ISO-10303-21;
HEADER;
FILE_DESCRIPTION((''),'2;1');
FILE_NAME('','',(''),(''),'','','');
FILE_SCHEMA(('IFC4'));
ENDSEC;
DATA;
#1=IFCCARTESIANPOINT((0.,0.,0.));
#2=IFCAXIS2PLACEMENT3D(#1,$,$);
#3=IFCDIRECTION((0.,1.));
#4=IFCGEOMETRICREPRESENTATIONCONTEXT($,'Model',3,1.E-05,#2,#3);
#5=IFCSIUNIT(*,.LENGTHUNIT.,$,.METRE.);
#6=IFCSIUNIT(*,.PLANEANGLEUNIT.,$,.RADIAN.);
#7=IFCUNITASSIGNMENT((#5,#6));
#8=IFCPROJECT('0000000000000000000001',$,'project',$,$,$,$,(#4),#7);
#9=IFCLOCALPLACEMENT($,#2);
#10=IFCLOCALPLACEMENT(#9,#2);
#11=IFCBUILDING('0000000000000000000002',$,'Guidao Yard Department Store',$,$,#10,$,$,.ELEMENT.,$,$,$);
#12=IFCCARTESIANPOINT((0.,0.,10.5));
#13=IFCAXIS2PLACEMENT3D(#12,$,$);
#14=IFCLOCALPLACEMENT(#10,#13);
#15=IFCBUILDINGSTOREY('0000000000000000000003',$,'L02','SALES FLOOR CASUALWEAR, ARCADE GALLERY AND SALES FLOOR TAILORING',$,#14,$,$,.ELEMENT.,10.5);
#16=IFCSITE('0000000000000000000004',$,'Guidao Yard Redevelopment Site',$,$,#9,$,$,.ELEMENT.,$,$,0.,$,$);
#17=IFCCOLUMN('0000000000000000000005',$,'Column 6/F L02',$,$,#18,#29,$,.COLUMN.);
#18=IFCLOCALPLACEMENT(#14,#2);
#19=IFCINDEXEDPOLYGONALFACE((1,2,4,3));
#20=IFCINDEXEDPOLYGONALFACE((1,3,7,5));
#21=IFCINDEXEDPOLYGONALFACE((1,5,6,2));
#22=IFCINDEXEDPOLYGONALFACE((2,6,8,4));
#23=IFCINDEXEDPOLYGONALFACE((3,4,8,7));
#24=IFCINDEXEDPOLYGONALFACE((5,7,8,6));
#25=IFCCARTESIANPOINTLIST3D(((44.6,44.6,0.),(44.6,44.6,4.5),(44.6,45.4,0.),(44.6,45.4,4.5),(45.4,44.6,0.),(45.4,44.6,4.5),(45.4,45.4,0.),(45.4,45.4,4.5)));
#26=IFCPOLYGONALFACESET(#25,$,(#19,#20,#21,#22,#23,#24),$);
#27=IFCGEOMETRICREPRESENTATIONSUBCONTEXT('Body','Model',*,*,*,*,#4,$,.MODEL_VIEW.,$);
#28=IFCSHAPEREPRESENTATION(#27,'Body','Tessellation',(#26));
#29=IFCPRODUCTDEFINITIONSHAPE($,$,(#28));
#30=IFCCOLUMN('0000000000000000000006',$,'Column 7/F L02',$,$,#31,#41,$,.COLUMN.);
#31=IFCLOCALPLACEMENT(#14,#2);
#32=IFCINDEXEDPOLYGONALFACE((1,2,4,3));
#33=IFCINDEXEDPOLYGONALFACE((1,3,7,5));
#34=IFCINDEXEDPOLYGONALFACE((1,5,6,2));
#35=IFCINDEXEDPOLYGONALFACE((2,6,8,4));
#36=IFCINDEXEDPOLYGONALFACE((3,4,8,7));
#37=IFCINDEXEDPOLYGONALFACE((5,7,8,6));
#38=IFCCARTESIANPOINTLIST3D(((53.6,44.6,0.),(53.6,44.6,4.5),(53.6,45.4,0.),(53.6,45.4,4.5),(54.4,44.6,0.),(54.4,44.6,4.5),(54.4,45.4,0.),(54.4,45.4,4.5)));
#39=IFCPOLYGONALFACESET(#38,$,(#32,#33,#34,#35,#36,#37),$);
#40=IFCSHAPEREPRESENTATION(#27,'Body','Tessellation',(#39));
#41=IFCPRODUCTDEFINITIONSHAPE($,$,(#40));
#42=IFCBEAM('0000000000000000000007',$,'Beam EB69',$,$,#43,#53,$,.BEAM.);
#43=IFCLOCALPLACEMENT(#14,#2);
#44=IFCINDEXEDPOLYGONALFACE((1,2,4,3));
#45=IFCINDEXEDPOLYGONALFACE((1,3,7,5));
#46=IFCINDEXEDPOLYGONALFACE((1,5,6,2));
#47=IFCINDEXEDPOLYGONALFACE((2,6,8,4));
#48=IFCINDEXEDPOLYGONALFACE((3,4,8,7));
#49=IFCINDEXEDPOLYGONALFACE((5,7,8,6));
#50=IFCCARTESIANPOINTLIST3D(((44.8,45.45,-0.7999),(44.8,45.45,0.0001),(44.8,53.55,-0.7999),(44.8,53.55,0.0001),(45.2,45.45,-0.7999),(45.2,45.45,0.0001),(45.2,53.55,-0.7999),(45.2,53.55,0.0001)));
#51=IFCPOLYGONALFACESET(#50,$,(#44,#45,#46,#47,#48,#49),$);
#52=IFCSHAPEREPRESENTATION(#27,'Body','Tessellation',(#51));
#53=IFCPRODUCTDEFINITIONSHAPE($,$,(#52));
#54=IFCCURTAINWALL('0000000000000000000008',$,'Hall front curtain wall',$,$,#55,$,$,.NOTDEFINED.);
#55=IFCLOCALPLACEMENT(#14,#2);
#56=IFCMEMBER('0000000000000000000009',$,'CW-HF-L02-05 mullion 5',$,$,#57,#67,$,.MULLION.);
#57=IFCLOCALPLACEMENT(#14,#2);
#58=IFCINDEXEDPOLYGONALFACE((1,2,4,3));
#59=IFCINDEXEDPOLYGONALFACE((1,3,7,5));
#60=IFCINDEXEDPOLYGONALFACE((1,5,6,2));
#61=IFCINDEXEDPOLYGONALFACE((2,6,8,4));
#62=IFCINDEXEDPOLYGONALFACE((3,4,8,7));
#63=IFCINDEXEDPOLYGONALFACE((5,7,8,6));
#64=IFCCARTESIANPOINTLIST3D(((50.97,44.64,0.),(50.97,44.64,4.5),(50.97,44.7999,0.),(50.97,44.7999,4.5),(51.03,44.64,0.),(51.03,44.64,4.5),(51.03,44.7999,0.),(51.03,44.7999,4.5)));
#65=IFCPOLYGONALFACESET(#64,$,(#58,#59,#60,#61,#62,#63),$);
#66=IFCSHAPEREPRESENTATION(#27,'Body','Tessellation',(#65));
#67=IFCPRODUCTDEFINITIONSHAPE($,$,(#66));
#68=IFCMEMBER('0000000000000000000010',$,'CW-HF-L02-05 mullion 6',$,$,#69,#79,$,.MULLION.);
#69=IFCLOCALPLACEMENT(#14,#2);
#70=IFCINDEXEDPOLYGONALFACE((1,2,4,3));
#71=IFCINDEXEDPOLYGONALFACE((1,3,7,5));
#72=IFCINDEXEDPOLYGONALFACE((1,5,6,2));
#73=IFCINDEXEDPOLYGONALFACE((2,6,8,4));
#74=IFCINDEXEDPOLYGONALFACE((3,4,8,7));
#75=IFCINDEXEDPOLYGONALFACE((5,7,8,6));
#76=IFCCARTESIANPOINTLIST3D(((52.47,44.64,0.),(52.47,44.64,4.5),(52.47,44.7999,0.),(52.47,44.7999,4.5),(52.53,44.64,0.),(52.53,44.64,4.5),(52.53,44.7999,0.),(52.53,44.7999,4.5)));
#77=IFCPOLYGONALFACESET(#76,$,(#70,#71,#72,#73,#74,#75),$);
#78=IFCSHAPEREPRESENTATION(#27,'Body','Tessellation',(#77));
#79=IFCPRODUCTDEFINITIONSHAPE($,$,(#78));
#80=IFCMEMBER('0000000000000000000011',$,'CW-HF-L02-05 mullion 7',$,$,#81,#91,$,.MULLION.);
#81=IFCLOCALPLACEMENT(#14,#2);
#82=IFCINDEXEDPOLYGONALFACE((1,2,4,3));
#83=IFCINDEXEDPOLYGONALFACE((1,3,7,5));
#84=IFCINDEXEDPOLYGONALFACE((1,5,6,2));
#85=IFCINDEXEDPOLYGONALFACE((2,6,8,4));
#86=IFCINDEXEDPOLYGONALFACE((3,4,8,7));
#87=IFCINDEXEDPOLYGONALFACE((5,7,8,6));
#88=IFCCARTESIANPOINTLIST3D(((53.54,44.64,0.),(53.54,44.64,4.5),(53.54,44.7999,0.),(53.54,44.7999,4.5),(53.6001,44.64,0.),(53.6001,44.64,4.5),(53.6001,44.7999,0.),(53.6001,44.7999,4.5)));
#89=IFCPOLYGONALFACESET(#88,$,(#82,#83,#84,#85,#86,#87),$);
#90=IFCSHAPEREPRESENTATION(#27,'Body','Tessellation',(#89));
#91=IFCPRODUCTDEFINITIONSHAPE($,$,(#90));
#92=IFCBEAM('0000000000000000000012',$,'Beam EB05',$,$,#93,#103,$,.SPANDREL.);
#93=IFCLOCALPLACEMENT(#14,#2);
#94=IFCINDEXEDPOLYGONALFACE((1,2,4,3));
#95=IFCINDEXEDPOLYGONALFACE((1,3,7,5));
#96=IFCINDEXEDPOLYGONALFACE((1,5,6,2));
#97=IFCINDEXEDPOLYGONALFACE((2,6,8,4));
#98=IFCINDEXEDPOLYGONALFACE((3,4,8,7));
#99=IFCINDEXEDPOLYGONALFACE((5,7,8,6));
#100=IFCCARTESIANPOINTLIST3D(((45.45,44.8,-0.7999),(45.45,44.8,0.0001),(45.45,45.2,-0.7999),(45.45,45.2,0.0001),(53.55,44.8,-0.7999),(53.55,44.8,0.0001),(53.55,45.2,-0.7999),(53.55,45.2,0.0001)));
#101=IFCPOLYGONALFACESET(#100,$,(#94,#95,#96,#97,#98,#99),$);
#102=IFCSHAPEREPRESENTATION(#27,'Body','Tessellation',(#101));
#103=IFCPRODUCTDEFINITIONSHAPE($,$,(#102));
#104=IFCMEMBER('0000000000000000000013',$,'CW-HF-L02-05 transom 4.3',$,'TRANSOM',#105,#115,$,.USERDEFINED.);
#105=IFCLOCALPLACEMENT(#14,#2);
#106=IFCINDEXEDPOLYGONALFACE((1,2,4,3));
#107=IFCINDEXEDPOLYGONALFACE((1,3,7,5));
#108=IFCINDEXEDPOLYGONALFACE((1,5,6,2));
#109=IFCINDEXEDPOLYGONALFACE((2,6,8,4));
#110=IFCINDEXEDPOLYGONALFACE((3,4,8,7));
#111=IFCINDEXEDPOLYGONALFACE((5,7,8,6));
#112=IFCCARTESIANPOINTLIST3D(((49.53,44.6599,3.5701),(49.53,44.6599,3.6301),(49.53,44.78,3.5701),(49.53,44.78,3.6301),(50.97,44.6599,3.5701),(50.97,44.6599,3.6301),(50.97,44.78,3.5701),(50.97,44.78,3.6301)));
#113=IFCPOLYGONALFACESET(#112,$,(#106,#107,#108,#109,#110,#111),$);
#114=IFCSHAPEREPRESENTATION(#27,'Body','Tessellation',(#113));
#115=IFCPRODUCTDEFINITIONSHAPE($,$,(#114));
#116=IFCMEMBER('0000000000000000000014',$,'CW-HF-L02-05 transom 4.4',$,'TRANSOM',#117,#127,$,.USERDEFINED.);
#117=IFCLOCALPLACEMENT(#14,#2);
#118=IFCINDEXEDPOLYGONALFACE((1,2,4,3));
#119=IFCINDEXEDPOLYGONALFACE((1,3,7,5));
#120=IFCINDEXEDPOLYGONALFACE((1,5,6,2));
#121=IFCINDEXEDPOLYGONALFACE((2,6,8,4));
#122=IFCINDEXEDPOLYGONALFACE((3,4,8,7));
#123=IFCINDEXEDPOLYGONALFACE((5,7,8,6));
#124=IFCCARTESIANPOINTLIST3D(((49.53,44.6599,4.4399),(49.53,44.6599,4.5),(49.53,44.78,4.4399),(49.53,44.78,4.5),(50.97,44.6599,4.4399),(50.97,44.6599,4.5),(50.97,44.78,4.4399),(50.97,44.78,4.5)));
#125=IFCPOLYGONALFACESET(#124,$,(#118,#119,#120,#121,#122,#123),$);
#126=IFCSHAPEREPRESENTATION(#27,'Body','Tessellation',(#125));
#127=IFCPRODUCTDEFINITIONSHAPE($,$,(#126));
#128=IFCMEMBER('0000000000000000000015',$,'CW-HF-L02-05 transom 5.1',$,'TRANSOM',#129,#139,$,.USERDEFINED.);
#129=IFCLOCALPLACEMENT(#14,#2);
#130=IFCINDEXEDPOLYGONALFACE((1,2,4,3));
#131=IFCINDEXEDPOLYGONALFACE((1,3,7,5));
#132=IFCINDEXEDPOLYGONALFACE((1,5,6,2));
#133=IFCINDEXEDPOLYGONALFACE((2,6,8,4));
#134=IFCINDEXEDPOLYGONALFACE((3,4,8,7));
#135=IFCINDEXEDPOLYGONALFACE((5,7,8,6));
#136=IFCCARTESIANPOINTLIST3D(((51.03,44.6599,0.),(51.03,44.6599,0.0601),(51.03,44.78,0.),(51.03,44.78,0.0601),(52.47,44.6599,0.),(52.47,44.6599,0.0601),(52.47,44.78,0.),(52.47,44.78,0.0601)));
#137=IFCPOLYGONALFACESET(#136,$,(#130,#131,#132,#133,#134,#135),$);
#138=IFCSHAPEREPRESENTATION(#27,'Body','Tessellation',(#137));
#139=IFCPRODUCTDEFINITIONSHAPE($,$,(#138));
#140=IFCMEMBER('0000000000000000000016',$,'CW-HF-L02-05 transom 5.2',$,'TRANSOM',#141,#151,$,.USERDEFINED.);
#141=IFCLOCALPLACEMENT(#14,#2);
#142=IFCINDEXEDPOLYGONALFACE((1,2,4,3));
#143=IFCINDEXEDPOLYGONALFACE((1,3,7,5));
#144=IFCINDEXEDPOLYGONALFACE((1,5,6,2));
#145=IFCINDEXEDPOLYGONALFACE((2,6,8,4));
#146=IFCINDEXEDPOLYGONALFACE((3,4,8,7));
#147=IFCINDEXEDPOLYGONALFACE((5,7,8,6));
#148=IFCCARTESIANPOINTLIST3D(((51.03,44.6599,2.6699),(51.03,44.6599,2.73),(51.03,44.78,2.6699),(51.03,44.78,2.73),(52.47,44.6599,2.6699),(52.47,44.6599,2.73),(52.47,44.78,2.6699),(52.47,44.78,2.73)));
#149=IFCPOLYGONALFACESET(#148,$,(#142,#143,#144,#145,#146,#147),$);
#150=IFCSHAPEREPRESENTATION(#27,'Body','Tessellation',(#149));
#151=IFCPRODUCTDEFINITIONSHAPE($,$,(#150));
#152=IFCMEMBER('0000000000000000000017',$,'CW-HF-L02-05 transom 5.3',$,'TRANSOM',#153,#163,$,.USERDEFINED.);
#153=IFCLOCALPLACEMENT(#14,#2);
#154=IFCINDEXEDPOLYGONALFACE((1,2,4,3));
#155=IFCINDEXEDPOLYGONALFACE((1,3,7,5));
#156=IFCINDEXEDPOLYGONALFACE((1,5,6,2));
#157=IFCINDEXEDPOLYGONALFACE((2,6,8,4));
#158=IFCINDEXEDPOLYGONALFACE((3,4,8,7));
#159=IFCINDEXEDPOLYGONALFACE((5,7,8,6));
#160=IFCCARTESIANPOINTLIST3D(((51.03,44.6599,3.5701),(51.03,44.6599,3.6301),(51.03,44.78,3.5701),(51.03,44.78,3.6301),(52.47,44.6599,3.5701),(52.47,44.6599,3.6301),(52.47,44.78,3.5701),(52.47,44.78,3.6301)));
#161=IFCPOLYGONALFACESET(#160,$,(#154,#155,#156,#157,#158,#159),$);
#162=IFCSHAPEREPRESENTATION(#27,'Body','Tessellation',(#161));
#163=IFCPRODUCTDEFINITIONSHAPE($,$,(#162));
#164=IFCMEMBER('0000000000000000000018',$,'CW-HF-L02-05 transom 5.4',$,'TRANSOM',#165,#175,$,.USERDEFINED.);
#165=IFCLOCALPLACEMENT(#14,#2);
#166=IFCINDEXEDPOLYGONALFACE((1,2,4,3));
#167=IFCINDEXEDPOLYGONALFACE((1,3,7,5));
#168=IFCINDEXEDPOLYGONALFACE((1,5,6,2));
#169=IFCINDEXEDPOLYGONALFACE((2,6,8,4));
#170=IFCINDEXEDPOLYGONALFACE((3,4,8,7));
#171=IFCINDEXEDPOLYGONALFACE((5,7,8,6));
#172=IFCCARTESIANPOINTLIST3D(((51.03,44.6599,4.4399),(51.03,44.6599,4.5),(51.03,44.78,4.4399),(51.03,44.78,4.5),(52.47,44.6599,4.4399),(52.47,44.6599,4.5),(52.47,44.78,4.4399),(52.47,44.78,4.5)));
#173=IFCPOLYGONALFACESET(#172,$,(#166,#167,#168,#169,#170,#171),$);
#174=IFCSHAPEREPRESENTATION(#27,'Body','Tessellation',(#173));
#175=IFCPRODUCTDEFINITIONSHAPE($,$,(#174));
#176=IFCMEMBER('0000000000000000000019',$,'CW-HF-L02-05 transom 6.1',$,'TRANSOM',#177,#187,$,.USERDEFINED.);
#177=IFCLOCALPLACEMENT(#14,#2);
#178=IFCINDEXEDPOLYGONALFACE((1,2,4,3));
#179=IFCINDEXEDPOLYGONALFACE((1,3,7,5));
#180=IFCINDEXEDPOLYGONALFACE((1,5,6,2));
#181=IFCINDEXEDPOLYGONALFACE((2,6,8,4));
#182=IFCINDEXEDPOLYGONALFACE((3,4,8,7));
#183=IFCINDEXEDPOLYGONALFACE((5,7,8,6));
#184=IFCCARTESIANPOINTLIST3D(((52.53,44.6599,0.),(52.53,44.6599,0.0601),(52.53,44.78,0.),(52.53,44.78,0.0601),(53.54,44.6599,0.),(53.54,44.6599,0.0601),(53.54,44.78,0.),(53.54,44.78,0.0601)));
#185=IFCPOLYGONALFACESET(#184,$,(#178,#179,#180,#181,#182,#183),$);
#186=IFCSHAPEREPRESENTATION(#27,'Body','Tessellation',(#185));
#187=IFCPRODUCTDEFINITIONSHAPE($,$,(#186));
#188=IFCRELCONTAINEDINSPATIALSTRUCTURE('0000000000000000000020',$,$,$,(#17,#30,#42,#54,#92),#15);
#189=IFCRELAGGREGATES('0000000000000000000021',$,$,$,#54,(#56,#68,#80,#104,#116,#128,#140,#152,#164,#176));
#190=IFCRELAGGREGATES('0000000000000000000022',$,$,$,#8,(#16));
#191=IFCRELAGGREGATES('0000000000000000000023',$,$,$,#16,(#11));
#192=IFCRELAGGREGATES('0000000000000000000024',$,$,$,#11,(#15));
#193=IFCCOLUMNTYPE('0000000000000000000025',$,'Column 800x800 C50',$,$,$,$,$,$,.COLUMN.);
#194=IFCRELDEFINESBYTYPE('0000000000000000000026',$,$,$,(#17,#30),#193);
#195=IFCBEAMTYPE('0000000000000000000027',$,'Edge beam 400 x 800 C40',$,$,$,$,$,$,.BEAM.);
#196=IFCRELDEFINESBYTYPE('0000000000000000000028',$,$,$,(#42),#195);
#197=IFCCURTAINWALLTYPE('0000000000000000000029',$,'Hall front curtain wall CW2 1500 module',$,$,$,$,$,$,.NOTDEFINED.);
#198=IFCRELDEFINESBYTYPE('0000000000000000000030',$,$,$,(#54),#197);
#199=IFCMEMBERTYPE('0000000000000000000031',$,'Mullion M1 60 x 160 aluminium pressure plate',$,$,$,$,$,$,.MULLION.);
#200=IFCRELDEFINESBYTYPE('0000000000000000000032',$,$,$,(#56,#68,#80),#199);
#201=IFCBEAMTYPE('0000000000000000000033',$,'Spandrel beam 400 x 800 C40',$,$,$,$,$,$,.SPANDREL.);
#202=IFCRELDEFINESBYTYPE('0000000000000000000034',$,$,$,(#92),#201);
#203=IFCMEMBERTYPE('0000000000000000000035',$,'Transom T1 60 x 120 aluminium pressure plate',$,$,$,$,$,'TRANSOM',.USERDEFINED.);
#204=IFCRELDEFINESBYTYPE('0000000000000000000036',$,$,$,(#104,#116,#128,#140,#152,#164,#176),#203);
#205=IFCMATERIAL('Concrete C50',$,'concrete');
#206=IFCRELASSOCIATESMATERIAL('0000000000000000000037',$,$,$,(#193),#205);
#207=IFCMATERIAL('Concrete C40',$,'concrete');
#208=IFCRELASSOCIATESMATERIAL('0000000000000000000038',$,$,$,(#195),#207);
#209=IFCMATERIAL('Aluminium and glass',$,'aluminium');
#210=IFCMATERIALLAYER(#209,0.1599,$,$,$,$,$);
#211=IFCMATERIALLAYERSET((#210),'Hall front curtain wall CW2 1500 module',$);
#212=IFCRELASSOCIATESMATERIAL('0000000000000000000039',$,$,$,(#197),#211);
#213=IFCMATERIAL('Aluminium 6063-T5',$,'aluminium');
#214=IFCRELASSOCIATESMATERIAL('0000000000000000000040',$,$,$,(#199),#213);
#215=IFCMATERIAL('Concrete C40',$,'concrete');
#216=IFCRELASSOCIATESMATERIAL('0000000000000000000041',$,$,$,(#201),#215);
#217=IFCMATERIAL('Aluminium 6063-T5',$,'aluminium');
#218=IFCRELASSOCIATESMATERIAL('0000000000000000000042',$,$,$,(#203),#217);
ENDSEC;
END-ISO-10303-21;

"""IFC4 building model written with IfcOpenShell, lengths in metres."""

from ifc_helpers import new_model, si_unit, direction, frame, origin, origin_2d, place, context, subcontext, project, spatial, rectangle, extrude, material, layer, layer_set, material_profile, profile_set, type_object, element, aggregate, save


model = new_model("IFC4")

# Units and contexts
model_context = context("Model", 3, precision=1e-05, world=origin(), true_north=direction((0.0, 1.0)))
body_context = subcontext(model_context, "Body", "Model", "MODEL_VIEW")
ifc_project = project(units=[si_unit("LENGTHUNIT", "METRE"), si_unit("PLANEANGLEUNIT", "RADIAN")], contexts=[model_context])

# Site, building, storey
site_placement = place(None, origin())
site = spatial("IfcSite", under=ifc_project, at=site_placement, Name="Guidao Yard Redevelopment Site", CompositionType="ELEMENT", RefElevation=0.0)
building_placement = place(site_placement, origin())
building = spatial("IfcBuilding", under=site, at=building_placement, Name="Guidao Yard Department Store", CompositionType="ELEMENT")
storey_placement = place(building_placement, frame((0.0, 0.0, 10.5)))
storey = spatial("IfcBuildingStorey", under=building, at=storey_placement, Name="L02", Description="SALES FLOOR CASUALWEAR, ARCADE GALLERY AND SALES FLOOR TAILORING", CompositionType="ELEMENT", Elevation=10.5)

# Columns
ifc_material_1 = material(Name="Concrete C50", Category="concrete")
ifc_material_profile_1 = material_profile(ifc_material_1, rectangle(XDim=0.8, YDim=0.8, at=origin_2d()), Name="COL 800x800")
ifc_profile_set_1 = profile_set([ifc_material_profile_1], Name="Concrete C50")
column_type = type_object("IfcColumnType", Name="Column 800x800 C50", PredefinedType="COLUMN", material=ifc_profile_set_1)
for number, where, z_axis, x_axis, name in (
    (1, (45.0, 45.0, 0.0), (0.0, 0.0, 1.0), (1.0, 0.0, 0.0), "Column 6/F L02"),
    (2, (54.0, 45.0, 0.0), (0.0, 0.0, 1.0), (1.0, 0.0, 0.0), "Column 7/F L02"),
):
    element("IfcColumn", number, at=place(storey_placement, frame(where, z_axis=z_axis, x_axis=x_axis)), inside=storey, type_object=column_type, Name=name, PredefinedType="COLUMN", context=body_context, shape_type="SweptSolid", body=[
        extrude(rectangle(XDim=0.8, YDim=0.8, at=origin_2d()), origin(), (0.0, 0.0, 1.0), 4.5),
    ])

# Beam
ifc_material_2 = material(Name="Concrete C40", Category="concrete")
ifc_material_profile_2 = material_profile(ifc_material_2, rectangle(XDim=0.3999, YDim=0.8, at=origin_2d()), Name="Edge beam 400 x 800 C40")
ifc_profile_set_2 = profile_set([ifc_material_profile_2], Name="Concrete C40")
beam_type_1 = type_object("IfcBeamType", Name="Edge beam 400 x 800 C40", PredefinedType="BEAM", material=ifc_profile_set_2)
beam_1_placement = place(storey_placement, frame((45.0, 45.45, -0.3999), z_axis=(0.0, 1.0, 0.0), x_axis=(-1.0, 0.0, 0.0)))
element("IfcBeam", 3, at=beam_1_placement, inside=storey, type_object=beam_type_1, Name="Beam EB69", PredefinedType="BEAM", context=body_context, shape_type="SweptSolid", body=[
    extrude(rectangle(XDim=0.3999, YDim=0.8, at=origin_2d()), origin(), (0.0, 0.0, 1.0), 8.1001),
])

# Curtain wall, members
ifc_material_3 = material(Name="Aluminium and glass", Category="aluminium")
ifc_layer_1 = layer(ifc_material_3, 0.1599)
ifc_layer_set_1 = layer_set([ifc_layer_1], Name="Hall front curtain wall CW2 1500 module")
curtain_wall_type = type_object("IfcCurtainWallType", Name="Hall front curtain wall CW2 1500 module", PredefinedType="NOTDEFINED", material=ifc_layer_set_1)
curtain_wall_placement = place(storey_placement, origin())
curtain_wall = element("IfcCurtainWall", 4, at=curtain_wall_placement, inside=storey, type_object=curtain_wall_type, Name="Hall front curtain wall", PredefinedType="NOTDEFINED")
ifc_material_4 = material(Name="Aluminium 6063-T5", Category="aluminium")
ifc_material_profile_3 = material_profile(ifc_material_4, rectangle(XDim=0.0601, YDim=0.1599, at=origin_2d()), Name="Mullion M1 60 x 160 aluminium pressure plate")
ifc_profile_set_3 = profile_set([ifc_material_profile_3], Name="Aluminium 6063-T5")
member_type_1 = type_object("IfcMemberType", Name="Mullion M1 60 x 160 aluminium pressure plate", PredefinedType="MULLION", material=ifc_profile_set_3)
member_1_placement = place(storey_placement, frame((51.0, 44.72, 0.0), z_axis=(0.0, 0.0, 1.0), x_axis=(-1.0, 0.0, 0.0)))
member_1 = element("IfcMember", 5, at=member_1_placement, type_object=member_type_1, Name="CW-HF-L02-05 mullion 5", PredefinedType="MULLION", context=body_context, shape_type="SweptSolid", body=[
    extrude(rectangle(XDim=0.0601, YDim=0.1599, at=origin_2d()), origin(), (0.0, 0.0, 1.0), 4.5),
])
member_2_placement = place(storey_placement, frame((52.5, 44.72, 0.0), z_axis=(0.0, 0.0, 1.0), x_axis=(-1.0, 0.0, 0.0)))
member_2 = element("IfcMember", 6, at=member_2_placement, type_object=member_type_1, Name="CW-HF-L02-05 mullion 6", PredefinedType="MULLION", context=body_context, shape_type="SweptSolid", body=[
    extrude(rectangle(XDim=0.0601, YDim=0.1599, at=origin_2d()), origin(), (0.0, 0.0, 1.0), 4.5),
])
member_3_placement = place(storey_placement, frame((53.5701, 44.72, 0.0), z_axis=(0.0, 0.0, 1.0), x_axis=(-1.0, 0.0, 0.0)))
member_3 = element("IfcMember", 7, at=member_3_placement, type_object=member_type_1, Name="CW-HF-L02-05 mullion 7", PredefinedType="MULLION", context=body_context, shape_type="SweptSolid", body=[
    extrude(rectangle(XDim=0.0601, YDim=0.1599, at=origin_2d()), origin(), (0.0, 0.0, 1.0), 4.5),
])

# Beam
ifc_material_5 = material(Name="Concrete C40", Category="concrete")
ifc_material_profile_4 = material_profile(ifc_material_5, rectangle(XDim=0.3999, YDim=0.8, at=origin_2d()), Name="Spandrel beam 400 x 800 C40")
ifc_profile_set_4 = profile_set([ifc_material_profile_4], Name="Concrete C40")
beam_type_2 = type_object("IfcBeamType", Name="Spandrel beam 400 x 800 C40", PredefinedType="SPANDREL", material=ifc_profile_set_4)
beam_2_placement = place(storey_placement, frame((45.45, 45.0, -0.3999), z_axis=(1.0, 0.0, 0.0), x_axis=(0.0, 1.0, 0.0)))
element("IfcBeam", 8, at=beam_2_placement, inside=storey, type_object=beam_type_2, Name="Beam EB05", PredefinedType="SPANDREL", context=body_context, shape_type="SweptSolid", body=[
    extrude(rectangle(XDim=0.3999, YDim=0.8, at=origin_2d()), origin(), (0.0, 0.0, 1.0), 8.1001),
])

# Members
ifc_material_6 = material(Name="Aluminium 6063-T5", Category="aluminium")
ifc_material_profile_5 = material_profile(ifc_material_6, rectangle(XDim=0.1201, YDim=0.0601, at=origin_2d()), Name="Transom T1 60 x 120 aluminium pressure plate")
ifc_profile_set_5 = profile_set([ifc_material_profile_5], Name="Aluminium 6063-T5")
member_type_2 = type_object("IfcMemberType", Name="Transom T1 60 x 120 aluminium pressure plate", ElementType="TRANSOM", PredefinedType="USERDEFINED", material=ifc_profile_set_5)
member_4_placement = place(storey_placement, frame((50.97, 44.72, 3.6001), z_axis=(-1.0, 0.0, 0.0), x_axis=(0.0, -1.0, 0.0)))
member_4 = element("IfcMember", 9, at=member_4_placement, type_object=member_type_2, Name="CW-HF-L02-05 transom 4.3", ObjectType="TRANSOM", PredefinedType="USERDEFINED", context=body_context, shape_type="SweptSolid", body=[
    extrude(rectangle(XDim=0.1201, YDim=0.0601, at=origin_2d()), origin(), (0.0, 0.0, 1.0), 1.4399),
])
member_5_placement = place(storey_placement, frame((50.97, 44.72, 4.47), z_axis=(-1.0, 0.0, 0.0), x_axis=(0.0, -1.0, 0.0)))
member_5 = element("IfcMember", 10, at=member_5_placement, type_object=member_type_2, Name="CW-HF-L02-05 transom 4.4", ObjectType="TRANSOM", PredefinedType="USERDEFINED", context=body_context, shape_type="SweptSolid", body=[
    extrude(rectangle(XDim=0.1201, YDim=0.0601, at=origin_2d()), origin(), (0.0, 0.0, 1.0), 1.4399),
])
member_6_placement = place(storey_placement, frame((52.47, 44.72, 0.03), z_axis=(-1.0, 0.0, 0.0), x_axis=(0.0, -1.0, 0.0)))
member_6 = element("IfcMember", 11, at=member_6_placement, type_object=member_type_2, Name="CW-HF-L02-05 transom 5.1", ObjectType="TRANSOM", PredefinedType="USERDEFINED", context=body_context, shape_type="SweptSolid", body=[
    extrude(rectangle(XDim=0.1201, YDim=0.0601, at=origin_2d()), origin(), (0.0, 0.0, 1.0), 1.4399),
])
member_7_placement = place(storey_placement, frame((52.47, 44.72, 2.7), z_axis=(-1.0, 0.0, 0.0), x_axis=(0.0, -1.0, 0.0)))
member_7 = element("IfcMember", 12, at=member_7_placement, type_object=member_type_2, Name="CW-HF-L02-05 transom 5.2", ObjectType="TRANSOM", PredefinedType="USERDEFINED", context=body_context, shape_type="SweptSolid", body=[
    extrude(rectangle(XDim=0.1201, YDim=0.0601, at=origin_2d()), origin(), (0.0, 0.0, 1.0), 1.4399),
])
member_8_placement = place(storey_placement, frame((52.47, 44.72, 3.6001), z_axis=(-1.0, 0.0, 0.0), x_axis=(0.0, -1.0, 0.0)))
member_8 = element("IfcMember", 13, at=member_8_placement, type_object=member_type_2, Name="CW-HF-L02-05 transom 5.3", ObjectType="TRANSOM", PredefinedType="USERDEFINED", context=body_context, shape_type="SweptSolid", body=[
    extrude(rectangle(XDim=0.1201, YDim=0.0601, at=origin_2d()), origin(), (0.0, 0.0, 1.0), 1.4399),
])
member_9_placement = place(storey_placement, frame((52.47, 44.72, 4.47), z_axis=(-1.0, 0.0, 0.0), x_axis=(0.0, -1.0, 0.0)))
member_9 = element("IfcMember", 14, at=member_9_placement, type_object=member_type_2, Name="CW-HF-L02-05 transom 5.4", ObjectType="TRANSOM", PredefinedType="USERDEFINED", context=body_context, shape_type="SweptSolid", body=[
    extrude(rectangle(XDim=0.1201, YDim=0.0601, at=origin_2d()), origin(), (0.0, 0.0, 1.0), 1.4399),
])
member_10_placement = place(storey_placement, frame((53.54, 44.72, 0.03), z_axis=(-1.0, 0.0, 0.0), x_axis=(0.0, -1.0, 0.0)))
member_10 = element("IfcMember", 15, at=member_10_placement, type_object=member_type_2, Name="CW-HF-L02-05 transom 6.1", ObjectType="TRANSOM", PredefinedType="USERDEFINED", context=body_context, shape_type="SweptSolid", body=[
    extrude(rectangle(XDim=0.1201, YDim=0.0601, at=origin_2d()), origin(), (0.0, 0.0, 1.0), 1.01),
])

aggregate(curtain_wall, [member_1, member_2, member_3, member_4, member_5, member_6, member_7, member_8, member_9, member_10])

save(model, "model.ifc")
